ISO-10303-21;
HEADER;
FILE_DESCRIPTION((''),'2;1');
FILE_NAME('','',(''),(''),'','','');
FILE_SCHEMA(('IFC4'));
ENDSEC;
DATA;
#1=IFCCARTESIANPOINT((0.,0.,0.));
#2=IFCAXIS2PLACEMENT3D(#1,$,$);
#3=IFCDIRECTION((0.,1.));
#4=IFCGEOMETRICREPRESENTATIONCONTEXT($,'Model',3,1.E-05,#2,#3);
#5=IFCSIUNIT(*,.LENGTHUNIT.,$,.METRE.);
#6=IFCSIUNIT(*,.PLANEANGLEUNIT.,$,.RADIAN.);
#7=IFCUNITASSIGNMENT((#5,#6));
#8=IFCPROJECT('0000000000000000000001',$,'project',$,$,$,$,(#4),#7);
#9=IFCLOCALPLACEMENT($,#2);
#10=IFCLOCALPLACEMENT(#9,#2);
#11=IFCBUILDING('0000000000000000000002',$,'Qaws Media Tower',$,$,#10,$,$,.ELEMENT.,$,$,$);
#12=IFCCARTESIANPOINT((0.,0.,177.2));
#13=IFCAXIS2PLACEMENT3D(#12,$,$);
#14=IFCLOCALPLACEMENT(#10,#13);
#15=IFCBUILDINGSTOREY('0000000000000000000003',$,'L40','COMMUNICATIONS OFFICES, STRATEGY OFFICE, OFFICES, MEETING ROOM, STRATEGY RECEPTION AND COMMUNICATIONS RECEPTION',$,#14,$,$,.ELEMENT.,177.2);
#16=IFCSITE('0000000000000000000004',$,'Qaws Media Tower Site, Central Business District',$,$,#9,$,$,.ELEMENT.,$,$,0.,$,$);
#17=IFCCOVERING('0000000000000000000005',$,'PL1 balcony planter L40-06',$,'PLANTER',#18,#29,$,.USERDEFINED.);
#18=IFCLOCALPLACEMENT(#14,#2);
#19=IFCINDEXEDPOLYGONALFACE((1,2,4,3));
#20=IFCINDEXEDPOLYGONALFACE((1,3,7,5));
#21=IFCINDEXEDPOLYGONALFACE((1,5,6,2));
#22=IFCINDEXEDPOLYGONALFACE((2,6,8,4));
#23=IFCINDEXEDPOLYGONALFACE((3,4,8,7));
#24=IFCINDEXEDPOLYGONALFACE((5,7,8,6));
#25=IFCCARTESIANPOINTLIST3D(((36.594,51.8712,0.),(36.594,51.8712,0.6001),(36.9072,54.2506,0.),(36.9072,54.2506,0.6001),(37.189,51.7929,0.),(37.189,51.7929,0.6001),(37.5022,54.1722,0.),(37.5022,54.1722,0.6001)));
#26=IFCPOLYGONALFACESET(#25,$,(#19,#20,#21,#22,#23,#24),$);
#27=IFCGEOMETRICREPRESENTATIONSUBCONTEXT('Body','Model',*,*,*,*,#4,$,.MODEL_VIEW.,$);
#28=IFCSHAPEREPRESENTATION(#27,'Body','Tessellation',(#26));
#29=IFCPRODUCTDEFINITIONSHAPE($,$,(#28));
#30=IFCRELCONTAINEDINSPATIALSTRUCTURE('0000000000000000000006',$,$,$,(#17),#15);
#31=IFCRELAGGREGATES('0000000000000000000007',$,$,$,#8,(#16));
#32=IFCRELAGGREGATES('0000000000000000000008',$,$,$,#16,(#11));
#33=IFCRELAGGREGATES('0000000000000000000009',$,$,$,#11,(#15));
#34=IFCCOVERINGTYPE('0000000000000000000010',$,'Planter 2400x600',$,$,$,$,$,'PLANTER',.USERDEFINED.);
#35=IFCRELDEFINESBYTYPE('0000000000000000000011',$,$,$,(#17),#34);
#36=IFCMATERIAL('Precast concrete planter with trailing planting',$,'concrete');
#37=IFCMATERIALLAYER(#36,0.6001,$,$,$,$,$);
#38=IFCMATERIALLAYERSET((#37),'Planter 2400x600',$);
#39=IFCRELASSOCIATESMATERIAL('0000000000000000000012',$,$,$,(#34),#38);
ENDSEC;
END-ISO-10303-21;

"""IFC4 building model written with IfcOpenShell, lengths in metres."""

from ifc_helpers import new_model, si_unit, direction, frame, origin, origin_2d, place, context, subcontext, project, spatial, rectangle, extrude, material, layer, layer_set, type_object, element, save


model = new_model("IFC4")

# Units and contexts
model_context = context("Model", 3, precision=1e-05, world=origin(), true_north=direction((0.0, 1.0)))
body_context = subcontext(model_context, "Body", "Model", "MODEL_VIEW")
ifc_project = project(units=[si_unit("LENGTHUNIT", "METRE"), si_unit("PLANEANGLEUNIT", "RADIAN")], contexts=[model_context])

# Site, building, storey
site_placement = place(None, origin())
site = spatial("IfcSite", under=ifc_project, at=site_placement, Name="Qaws Media Tower Site, Central Business District", CompositionType="ELEMENT", RefElevation=0.0)
building_placement = place(site_placement, origin())
building = spatial("IfcBuilding", under=site, at=building_placement, Name="Qaws Media Tower", CompositionType="ELEMENT")
storey_placement = place(building_placement, frame((0.0, 0.0, 177.2)))
storey = spatial("IfcBuildingStorey", under=building, at=storey_placement, Name="L40", Description="COMMUNICATIONS OFFICES, STRATEGY OFFICE, OFFICES, MEETING ROOM, STRATEGY RECEPTION AND COMMUNICATIONS RECEPTION", CompositionType="ELEMENT", Elevation=177.2)

# Covering
ifc_material_1 = material(Name="Precast concrete planter with trailing planting", Category="concrete")
ifc_layer_1 = layer(ifc_material_1, 0.6001)
ifc_layer_set_1 = layer_set([ifc_layer_1], Name="Planter 2400x600")
covering_type = type_object("IfcCoveringType", Name="Planter 2400x600", ElementType="PLANTER", PredefinedType="USERDEFINED", material=ifc_layer_set_1)
covering_placement = place(storey_placement, frame((37.0481, 53.0217, 0.0), z_axis=(0.0, 0.0, 1.0), x_axis=(-0.130526, -0.991445, 0.0)))
element("IfcCovering", 1, at=covering_placement, inside=storey, type_object=covering_type, Name="PL1 balcony planter L40-06", ObjectType="PLANTER", PredefinedType="USERDEFINED", context=body_context, shape_type="SweptSolid", body=[
    extrude(rectangle(XDim=2.3999, YDim=0.6001, at=origin_2d()), origin(), (0.0, 0.0, 1.0), 0.6001),
])

save(model, "model.ifc")
